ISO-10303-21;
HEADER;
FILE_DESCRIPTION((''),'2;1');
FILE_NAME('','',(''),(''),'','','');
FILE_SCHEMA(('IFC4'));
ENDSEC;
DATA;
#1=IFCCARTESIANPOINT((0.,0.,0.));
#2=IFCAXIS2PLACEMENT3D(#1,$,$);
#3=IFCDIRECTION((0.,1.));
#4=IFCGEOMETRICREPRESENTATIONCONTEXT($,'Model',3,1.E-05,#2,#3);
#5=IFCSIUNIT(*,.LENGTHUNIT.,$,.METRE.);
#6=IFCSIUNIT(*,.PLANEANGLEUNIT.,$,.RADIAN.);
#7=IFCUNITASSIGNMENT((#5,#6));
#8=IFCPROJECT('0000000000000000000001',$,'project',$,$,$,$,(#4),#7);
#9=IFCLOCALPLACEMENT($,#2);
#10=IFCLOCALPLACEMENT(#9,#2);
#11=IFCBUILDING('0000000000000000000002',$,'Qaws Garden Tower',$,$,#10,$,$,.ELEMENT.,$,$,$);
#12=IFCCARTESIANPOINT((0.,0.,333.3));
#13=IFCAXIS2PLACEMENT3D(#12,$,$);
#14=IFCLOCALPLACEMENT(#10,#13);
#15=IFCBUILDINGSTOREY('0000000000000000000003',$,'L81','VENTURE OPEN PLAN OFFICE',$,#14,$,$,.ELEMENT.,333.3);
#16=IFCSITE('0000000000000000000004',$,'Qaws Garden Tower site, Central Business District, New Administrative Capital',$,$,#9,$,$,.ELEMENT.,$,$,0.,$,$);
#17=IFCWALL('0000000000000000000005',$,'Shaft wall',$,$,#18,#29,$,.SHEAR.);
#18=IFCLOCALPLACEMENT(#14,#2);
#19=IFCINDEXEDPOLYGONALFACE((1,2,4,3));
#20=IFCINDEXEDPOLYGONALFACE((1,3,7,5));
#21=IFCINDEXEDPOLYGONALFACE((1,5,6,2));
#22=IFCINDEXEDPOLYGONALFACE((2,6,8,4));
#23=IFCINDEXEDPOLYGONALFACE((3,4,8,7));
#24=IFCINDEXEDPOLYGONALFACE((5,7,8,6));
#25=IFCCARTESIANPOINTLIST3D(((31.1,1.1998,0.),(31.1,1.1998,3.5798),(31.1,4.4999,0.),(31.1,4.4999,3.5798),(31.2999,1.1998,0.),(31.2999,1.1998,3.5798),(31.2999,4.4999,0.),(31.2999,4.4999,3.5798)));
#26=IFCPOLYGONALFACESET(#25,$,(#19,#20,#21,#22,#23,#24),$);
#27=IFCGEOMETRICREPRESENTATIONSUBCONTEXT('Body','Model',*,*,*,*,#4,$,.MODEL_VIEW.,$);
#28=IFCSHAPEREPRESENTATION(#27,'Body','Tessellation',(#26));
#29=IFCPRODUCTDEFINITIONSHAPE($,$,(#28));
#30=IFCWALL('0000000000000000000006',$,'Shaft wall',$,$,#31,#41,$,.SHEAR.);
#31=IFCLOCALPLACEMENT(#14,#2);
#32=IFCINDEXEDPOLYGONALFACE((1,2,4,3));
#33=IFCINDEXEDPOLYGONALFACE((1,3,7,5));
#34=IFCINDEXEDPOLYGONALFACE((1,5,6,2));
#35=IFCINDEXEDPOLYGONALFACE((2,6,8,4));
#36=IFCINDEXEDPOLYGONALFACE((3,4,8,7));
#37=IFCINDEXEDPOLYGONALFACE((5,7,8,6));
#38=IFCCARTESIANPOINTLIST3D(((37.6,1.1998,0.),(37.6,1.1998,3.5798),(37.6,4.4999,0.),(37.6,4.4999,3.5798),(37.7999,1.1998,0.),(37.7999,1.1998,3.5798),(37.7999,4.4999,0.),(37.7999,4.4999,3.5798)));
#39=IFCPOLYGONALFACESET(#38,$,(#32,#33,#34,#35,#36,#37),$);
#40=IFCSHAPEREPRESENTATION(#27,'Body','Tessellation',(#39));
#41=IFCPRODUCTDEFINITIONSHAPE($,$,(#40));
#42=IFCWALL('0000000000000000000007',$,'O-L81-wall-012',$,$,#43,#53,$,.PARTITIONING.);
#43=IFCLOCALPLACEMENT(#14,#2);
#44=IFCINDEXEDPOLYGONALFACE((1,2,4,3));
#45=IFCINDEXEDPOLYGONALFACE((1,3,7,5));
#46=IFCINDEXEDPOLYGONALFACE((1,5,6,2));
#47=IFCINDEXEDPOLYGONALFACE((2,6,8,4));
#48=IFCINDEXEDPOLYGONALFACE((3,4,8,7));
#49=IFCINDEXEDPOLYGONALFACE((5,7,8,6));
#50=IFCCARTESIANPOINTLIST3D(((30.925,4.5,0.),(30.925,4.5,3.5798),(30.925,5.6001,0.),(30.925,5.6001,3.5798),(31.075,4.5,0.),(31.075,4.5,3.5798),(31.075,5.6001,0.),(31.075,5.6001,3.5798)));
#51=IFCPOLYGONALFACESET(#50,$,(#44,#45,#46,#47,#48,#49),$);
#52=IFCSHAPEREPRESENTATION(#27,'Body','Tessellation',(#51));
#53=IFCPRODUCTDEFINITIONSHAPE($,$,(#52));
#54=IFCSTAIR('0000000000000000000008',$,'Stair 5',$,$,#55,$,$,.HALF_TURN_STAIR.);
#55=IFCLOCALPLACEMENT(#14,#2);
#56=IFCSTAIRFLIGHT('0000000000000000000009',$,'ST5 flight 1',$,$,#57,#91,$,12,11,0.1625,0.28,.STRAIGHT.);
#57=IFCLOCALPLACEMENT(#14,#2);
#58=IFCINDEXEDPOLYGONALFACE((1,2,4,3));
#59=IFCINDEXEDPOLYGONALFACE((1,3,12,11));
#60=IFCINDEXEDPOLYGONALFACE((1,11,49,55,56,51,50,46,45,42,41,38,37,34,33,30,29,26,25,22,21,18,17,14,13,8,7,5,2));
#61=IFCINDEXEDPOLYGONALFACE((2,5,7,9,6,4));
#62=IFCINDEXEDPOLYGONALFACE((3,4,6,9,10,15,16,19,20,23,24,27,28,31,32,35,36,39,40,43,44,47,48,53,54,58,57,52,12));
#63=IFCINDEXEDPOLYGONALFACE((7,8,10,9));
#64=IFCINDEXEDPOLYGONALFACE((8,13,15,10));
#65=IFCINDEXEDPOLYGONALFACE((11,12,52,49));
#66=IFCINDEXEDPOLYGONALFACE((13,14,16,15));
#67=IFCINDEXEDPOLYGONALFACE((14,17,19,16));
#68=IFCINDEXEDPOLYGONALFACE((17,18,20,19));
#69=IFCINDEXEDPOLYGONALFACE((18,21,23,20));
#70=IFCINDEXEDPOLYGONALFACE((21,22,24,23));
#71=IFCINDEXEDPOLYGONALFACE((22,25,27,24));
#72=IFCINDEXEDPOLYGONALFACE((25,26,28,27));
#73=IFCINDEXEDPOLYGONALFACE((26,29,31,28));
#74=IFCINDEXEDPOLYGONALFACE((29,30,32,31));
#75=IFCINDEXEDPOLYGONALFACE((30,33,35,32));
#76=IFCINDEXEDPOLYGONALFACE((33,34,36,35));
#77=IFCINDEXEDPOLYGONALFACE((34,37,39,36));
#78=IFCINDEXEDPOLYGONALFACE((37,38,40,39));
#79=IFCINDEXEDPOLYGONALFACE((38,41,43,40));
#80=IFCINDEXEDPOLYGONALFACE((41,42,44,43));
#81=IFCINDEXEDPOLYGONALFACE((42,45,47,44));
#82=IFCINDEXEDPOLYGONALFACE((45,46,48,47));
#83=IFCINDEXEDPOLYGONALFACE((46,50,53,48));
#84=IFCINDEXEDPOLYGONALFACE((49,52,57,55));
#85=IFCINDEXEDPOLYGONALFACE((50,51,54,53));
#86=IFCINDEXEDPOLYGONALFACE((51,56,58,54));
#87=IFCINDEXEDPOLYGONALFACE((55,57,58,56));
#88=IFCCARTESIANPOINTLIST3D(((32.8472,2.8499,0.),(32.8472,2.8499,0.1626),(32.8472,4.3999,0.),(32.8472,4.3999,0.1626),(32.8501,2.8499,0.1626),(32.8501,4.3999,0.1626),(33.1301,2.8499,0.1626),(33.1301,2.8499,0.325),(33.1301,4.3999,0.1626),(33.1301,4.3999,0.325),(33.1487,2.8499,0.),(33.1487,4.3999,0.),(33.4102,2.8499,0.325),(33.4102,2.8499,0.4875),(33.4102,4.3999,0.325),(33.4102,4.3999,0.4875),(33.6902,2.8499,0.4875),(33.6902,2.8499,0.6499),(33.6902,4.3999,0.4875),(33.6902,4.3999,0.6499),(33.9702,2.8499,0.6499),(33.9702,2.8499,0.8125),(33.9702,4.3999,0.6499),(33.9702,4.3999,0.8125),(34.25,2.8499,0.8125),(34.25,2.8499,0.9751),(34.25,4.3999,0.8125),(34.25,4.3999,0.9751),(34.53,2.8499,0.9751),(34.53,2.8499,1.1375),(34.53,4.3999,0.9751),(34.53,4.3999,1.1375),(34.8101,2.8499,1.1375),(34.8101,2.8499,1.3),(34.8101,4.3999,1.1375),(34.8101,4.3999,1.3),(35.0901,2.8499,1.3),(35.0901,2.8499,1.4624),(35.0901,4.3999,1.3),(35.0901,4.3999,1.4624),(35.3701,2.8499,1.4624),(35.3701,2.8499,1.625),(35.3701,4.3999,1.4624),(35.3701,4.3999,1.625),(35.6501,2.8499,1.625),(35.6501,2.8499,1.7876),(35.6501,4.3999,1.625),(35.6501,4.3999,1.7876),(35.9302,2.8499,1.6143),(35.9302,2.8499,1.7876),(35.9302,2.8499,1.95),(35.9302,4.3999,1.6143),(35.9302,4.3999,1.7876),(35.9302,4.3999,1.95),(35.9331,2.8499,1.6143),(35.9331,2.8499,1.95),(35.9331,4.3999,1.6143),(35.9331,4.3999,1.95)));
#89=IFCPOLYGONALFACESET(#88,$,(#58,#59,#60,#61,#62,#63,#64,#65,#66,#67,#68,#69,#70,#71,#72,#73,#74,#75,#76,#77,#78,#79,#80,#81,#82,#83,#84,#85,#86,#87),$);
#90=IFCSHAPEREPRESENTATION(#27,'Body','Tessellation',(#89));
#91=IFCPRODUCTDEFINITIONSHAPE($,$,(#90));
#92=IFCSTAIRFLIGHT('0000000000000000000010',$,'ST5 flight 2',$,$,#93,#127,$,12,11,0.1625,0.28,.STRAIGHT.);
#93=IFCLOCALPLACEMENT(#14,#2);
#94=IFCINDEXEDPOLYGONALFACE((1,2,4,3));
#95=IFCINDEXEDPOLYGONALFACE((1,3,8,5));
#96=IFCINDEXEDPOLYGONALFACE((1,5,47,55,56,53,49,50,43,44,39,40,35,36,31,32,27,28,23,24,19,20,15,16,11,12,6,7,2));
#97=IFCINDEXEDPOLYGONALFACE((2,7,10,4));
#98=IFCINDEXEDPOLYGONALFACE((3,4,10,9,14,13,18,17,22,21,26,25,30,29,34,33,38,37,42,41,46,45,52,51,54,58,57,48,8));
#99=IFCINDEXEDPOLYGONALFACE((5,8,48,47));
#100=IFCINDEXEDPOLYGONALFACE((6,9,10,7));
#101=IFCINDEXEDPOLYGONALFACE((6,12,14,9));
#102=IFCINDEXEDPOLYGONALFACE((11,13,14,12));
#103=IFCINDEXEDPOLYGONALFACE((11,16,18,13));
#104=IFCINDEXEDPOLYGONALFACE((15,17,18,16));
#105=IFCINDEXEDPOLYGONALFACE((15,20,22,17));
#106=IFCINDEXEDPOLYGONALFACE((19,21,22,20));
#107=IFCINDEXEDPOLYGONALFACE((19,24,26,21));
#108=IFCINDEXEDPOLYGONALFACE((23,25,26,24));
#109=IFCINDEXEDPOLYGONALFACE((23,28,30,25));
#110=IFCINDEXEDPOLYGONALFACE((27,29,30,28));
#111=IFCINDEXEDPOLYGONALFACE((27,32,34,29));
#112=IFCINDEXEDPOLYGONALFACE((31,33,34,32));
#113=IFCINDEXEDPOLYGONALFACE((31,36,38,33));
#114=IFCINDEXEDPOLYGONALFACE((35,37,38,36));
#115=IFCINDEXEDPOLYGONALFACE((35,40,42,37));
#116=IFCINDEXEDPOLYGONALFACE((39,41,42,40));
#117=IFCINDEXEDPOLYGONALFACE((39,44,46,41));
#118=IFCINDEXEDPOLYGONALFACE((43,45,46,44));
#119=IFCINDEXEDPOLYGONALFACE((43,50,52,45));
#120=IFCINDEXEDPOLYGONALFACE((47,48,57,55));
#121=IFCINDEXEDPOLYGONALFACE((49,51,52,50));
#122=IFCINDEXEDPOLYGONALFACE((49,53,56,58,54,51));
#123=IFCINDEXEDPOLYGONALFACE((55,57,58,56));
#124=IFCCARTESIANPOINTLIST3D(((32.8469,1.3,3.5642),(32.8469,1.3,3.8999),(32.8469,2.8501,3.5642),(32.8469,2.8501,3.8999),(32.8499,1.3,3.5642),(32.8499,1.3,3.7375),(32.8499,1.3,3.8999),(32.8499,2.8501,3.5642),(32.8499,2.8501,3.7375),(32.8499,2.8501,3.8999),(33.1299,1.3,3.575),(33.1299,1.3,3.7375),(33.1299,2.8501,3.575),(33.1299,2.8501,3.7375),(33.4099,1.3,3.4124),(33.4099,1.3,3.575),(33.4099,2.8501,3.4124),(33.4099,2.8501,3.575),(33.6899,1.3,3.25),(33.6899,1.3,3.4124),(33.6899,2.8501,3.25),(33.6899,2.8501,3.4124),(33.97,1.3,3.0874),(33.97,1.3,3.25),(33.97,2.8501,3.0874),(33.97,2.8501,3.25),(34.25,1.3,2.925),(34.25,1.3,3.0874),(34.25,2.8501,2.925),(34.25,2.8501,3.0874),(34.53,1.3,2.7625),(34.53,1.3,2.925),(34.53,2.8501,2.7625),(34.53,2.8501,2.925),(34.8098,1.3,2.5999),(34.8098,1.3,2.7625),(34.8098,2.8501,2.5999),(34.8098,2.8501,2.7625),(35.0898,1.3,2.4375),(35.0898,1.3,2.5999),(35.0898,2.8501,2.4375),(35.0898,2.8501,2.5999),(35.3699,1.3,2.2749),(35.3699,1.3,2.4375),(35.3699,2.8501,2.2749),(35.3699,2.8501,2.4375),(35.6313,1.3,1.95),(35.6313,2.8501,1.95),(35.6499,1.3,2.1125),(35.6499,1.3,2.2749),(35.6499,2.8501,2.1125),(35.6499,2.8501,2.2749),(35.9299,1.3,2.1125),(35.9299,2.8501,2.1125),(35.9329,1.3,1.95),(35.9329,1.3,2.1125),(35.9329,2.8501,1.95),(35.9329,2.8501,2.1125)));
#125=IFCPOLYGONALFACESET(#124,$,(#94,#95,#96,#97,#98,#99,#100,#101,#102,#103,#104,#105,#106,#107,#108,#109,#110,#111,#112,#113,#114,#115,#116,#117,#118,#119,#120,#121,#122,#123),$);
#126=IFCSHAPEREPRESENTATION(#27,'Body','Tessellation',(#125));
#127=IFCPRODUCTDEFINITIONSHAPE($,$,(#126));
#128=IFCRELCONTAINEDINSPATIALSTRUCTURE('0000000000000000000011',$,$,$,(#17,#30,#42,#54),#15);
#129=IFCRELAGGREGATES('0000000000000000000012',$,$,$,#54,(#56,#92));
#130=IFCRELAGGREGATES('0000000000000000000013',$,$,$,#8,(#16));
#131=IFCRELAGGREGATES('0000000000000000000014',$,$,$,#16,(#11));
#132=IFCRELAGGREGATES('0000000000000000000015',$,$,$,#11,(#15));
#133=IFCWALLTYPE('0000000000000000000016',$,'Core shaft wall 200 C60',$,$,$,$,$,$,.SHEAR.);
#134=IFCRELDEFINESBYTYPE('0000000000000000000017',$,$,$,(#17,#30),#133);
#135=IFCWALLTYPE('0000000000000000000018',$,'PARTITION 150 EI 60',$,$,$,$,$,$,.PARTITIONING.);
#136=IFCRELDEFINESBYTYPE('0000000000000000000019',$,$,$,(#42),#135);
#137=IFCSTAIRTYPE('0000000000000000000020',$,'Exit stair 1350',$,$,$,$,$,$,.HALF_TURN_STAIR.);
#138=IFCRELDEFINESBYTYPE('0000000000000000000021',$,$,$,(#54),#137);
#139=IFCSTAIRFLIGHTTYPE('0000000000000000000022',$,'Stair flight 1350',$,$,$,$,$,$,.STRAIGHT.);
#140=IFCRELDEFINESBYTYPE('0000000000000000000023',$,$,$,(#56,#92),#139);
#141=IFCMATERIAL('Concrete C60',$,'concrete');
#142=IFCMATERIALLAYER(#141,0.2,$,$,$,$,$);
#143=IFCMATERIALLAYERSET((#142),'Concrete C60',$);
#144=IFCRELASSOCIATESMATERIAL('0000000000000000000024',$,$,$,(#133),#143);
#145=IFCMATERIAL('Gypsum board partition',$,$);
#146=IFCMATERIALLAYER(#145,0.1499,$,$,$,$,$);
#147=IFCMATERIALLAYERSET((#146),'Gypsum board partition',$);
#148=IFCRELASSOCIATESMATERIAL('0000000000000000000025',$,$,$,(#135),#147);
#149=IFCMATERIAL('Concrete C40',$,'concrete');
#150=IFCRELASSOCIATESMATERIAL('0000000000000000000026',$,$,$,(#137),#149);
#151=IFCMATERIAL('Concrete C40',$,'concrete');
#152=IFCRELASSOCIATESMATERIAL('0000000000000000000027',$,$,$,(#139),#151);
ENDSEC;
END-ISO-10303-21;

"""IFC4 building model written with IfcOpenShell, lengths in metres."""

from ifc_helpers import new_model, si_unit, direction, frame, frame_2d, origin, place, context, subcontext, project, spatial, polyline, rectangle, outline, extrude, material, layer, layer_set, type_object, element, aggregate, save


model = new_model("IFC4")

# Units and contexts
model_context = context("Model", 3, precision=1e-05, world=origin(), true_north=direction((0.0, 1.0)))
body_context = subcontext(model_context, "Body", "Model", "MODEL_VIEW")
ifc_project = project(units=[si_unit("LENGTHUNIT", "METRE"), si_unit("PLANEANGLEUNIT", "RADIAN")], contexts=[model_context])

# Site, building, storey
site_placement = place(None, origin())
site = spatial("IfcSite", under=ifc_project, at=site_placement, Name="Qaws Garden Tower site, Central Business District, New Administrative Capital", CompositionType="ELEMENT", RefElevation=0.0)
building_placement = place(site_placement, origin())
building = spatial("IfcBuilding", under=site, at=building_placement, Name="Qaws Garden Tower", CompositionType="ELEMENT")
storey_placement = place(building_placement, frame((0.0, 0.0, 333.3)))
storey = spatial("IfcBuildingStorey", under=building, at=storey_placement, Name="L81", Description="VENTURE OPEN PLAN OFFICE", CompositionType="ELEMENT", Elevation=333.3)

# Shared definitions
ifc_material_1 = material(Name="Concrete C60", Category="concrete")
ifc_layer_1 = layer(ifc_material_1, 0.2)
ifc_layer_set_1 = layer_set([ifc_layer_1], Name="Concrete C60")
wall_type_1 = type_object("IfcWallType", Name="Core shaft wall 200 C60", PredefinedType="SHEAR", material=ifc_layer_set_1)

# Walls
for number, where, z_axis, x_axis, name in (
    (1, (31.2, 1.2, 0.0), (0.0, 0.0, 1.0), (0.0, 1.0, 0.0), "Shaft wall"),
    (2, (37.7, 1.2, 0.0), (0.0, 0.0, 1.0), (0.0, 1.0, 0.0), "Shaft wall"),
):
    element("IfcWall", number, at=place(storey_placement, frame(where, z_axis=z_axis, x_axis=x_axis)), inside=storey, type_object=wall_type_1, Name=name, PredefinedType="SHEAR", context=body_context, shape_type="SweptSolid", body=[
        extrude(rectangle(XDim=3.3, YDim=0.2, at=frame_2d((1.6499, 0.0))), origin(), (0.0, 0.0, 1.0), 3.5798),
    ])
ifc_material_2 = material(Name="Gypsum board partition")
ifc_layer_2 = layer(ifc_material_2, 0.1499)
ifc_layer_set_2 = layer_set([ifc_layer_2], Name="Gypsum board partition")
wall_type_2 = type_object("IfcWallType", Name="PARTITION 150 EI 60", PredefinedType="PARTITIONING", material=ifc_layer_set_2)
wall_1_placement = place(storey_placement, frame((31.0, 4.5, 0.0), z_axis=(0.0, 0.0, 1.0), x_axis=(0.0, 1.0, 0.0)))
element("IfcWall", 3, at=wall_1_placement, inside=storey, type_object=wall_type_2, Name="O-L81-wall-012", PredefinedType="PARTITIONING", context=body_context, shape_type="SweptSolid", body=[
    extrude(rectangle(XDim=1.1001, YDim=0.1499, at=frame_2d((0.55, 0.0))), origin(), (0.0, 0.0, 1.0), 3.5798),
])

# Stair, stair flights
ifc_material_3 = material(Name="Concrete C40", Category="concrete")
stair_type = type_object("IfcStairType", Name="Exit stair 1350", PredefinedType="HALF_TURN_STAIR", material=ifc_material_3)
stair_placement = place(storey_placement, origin())
stair = element("IfcStair", 4, at=stair_placement, inside=storey, type_object=stair_type, Name="Stair 5", PredefinedType="HALF_TURN_STAIR")
ifc_material_4 = material(Name="Concrete C40", Category="concrete")
stair_flight_type = type_object("IfcStairFlightType", Name="Stair flight 1350", PredefinedType="STRAIGHT", material=ifc_material_4)
stair_flight_1_placement = place(storey_placement, frame((32.8501, 3.625, 0.0), z_axis=(0.0, 0.0, 1.0), x_axis=(1.0, 0.0, 0.0)))
stair_flight_1 = element("IfcStairFlight", 5, at=stair_flight_1_placement, type_object=stair_flight_type, Name="ST5 flight 1", NumberOfRisers=12, NumberOfTreads=11, PredefinedType="STRAIGHT", RiserHeight=0.1625, TreadLength=0.28, context=body_context, shape_type="SweptSolid", body=[
    extrude(outline(polyline([(-0.0029, 0.0), (-0.0029, 0.1626), (0.0, 0.1626), (0.28, 0.1626), (0.28, 0.325), (0.5601, 0.325), (0.5601, 0.4875), (0.8401, 0.4875), (0.8401, 0.6499), (1.1201, 0.6499), (1.1201, 0.8125), (1.3999, 0.8125), (1.3999, 0.9751), (1.6799, 0.9751), (1.6799, 1.1375), (1.96, 1.1375), (1.96, 1.3), (2.24, 1.3), (2.24, 1.4624), (2.52, 1.4624), (2.52, 1.625), (2.8, 1.625), (2.8, 1.7876), (3.0801, 1.7876), (3.0801, 1.95), (3.083, 1.95), (3.083, 1.6143), (3.0801, 1.6143), (0.2986, 0.0), (-0.0029, 0.0)])), frame((0.0, 0.7749, 0.0), z_axis=(0.0, -1.0, 0.0), x_axis=(1.0, 0.0, 0.0)), (0.0, 0.0, 1.0), 1.55),
])
stair_flight_2_placement = place(storey_placement, frame((35.9299, 2.075, 1.95), z_axis=(0.0, 0.0, 1.0), x_axis=(-1.0, 0.0, 0.0)))
stair_flight_2 = element("IfcStairFlight", 6, at=stair_flight_2_placement, type_object=stair_flight_type, Name="ST5 flight 2", NumberOfRisers=12, NumberOfTreads=11, PredefinedType="STRAIGHT", RiserHeight=0.1625, TreadLength=0.28, context=body_context, shape_type="SweptSolid", body=[
    extrude(outline(polyline([(-0.0029, 0.0), (-0.0029, 0.1626), (0.0, 0.1626), (0.28, 0.1626), (0.28, 0.325), (0.5601, 0.325), (0.5601, 0.4875), (0.8401, 0.4875), (0.8401, 0.6499), (1.1201, 0.6499), (1.1201, 0.8125), (1.3999, 0.8125), (1.3999, 0.9751), (1.6799, 0.9751), (1.6799, 1.1375), (1.96, 1.1375), (1.96, 1.3), (2.24, 1.3), (2.24, 1.4624), (2.52, 1.4624), (2.52, 1.625), (2.8, 1.625), (2.8, 1.7876), (3.0801, 1.7876), (3.0801, 1.95), (3.083, 1.95), (3.083, 1.6143), (3.0801, 1.6143), (0.2986, 0.0), (-0.0029, 0.0)])), frame((0.0, 0.7749, 0.0), z_axis=(0.0, -1.0, 0.0), x_axis=(1.0, 0.0, 0.0)), (0.0, 0.0, 1.0), 1.55),
])
aggregate(stair, [stair_flight_1, stair_flight_2])

save(model, "model.ifc")
